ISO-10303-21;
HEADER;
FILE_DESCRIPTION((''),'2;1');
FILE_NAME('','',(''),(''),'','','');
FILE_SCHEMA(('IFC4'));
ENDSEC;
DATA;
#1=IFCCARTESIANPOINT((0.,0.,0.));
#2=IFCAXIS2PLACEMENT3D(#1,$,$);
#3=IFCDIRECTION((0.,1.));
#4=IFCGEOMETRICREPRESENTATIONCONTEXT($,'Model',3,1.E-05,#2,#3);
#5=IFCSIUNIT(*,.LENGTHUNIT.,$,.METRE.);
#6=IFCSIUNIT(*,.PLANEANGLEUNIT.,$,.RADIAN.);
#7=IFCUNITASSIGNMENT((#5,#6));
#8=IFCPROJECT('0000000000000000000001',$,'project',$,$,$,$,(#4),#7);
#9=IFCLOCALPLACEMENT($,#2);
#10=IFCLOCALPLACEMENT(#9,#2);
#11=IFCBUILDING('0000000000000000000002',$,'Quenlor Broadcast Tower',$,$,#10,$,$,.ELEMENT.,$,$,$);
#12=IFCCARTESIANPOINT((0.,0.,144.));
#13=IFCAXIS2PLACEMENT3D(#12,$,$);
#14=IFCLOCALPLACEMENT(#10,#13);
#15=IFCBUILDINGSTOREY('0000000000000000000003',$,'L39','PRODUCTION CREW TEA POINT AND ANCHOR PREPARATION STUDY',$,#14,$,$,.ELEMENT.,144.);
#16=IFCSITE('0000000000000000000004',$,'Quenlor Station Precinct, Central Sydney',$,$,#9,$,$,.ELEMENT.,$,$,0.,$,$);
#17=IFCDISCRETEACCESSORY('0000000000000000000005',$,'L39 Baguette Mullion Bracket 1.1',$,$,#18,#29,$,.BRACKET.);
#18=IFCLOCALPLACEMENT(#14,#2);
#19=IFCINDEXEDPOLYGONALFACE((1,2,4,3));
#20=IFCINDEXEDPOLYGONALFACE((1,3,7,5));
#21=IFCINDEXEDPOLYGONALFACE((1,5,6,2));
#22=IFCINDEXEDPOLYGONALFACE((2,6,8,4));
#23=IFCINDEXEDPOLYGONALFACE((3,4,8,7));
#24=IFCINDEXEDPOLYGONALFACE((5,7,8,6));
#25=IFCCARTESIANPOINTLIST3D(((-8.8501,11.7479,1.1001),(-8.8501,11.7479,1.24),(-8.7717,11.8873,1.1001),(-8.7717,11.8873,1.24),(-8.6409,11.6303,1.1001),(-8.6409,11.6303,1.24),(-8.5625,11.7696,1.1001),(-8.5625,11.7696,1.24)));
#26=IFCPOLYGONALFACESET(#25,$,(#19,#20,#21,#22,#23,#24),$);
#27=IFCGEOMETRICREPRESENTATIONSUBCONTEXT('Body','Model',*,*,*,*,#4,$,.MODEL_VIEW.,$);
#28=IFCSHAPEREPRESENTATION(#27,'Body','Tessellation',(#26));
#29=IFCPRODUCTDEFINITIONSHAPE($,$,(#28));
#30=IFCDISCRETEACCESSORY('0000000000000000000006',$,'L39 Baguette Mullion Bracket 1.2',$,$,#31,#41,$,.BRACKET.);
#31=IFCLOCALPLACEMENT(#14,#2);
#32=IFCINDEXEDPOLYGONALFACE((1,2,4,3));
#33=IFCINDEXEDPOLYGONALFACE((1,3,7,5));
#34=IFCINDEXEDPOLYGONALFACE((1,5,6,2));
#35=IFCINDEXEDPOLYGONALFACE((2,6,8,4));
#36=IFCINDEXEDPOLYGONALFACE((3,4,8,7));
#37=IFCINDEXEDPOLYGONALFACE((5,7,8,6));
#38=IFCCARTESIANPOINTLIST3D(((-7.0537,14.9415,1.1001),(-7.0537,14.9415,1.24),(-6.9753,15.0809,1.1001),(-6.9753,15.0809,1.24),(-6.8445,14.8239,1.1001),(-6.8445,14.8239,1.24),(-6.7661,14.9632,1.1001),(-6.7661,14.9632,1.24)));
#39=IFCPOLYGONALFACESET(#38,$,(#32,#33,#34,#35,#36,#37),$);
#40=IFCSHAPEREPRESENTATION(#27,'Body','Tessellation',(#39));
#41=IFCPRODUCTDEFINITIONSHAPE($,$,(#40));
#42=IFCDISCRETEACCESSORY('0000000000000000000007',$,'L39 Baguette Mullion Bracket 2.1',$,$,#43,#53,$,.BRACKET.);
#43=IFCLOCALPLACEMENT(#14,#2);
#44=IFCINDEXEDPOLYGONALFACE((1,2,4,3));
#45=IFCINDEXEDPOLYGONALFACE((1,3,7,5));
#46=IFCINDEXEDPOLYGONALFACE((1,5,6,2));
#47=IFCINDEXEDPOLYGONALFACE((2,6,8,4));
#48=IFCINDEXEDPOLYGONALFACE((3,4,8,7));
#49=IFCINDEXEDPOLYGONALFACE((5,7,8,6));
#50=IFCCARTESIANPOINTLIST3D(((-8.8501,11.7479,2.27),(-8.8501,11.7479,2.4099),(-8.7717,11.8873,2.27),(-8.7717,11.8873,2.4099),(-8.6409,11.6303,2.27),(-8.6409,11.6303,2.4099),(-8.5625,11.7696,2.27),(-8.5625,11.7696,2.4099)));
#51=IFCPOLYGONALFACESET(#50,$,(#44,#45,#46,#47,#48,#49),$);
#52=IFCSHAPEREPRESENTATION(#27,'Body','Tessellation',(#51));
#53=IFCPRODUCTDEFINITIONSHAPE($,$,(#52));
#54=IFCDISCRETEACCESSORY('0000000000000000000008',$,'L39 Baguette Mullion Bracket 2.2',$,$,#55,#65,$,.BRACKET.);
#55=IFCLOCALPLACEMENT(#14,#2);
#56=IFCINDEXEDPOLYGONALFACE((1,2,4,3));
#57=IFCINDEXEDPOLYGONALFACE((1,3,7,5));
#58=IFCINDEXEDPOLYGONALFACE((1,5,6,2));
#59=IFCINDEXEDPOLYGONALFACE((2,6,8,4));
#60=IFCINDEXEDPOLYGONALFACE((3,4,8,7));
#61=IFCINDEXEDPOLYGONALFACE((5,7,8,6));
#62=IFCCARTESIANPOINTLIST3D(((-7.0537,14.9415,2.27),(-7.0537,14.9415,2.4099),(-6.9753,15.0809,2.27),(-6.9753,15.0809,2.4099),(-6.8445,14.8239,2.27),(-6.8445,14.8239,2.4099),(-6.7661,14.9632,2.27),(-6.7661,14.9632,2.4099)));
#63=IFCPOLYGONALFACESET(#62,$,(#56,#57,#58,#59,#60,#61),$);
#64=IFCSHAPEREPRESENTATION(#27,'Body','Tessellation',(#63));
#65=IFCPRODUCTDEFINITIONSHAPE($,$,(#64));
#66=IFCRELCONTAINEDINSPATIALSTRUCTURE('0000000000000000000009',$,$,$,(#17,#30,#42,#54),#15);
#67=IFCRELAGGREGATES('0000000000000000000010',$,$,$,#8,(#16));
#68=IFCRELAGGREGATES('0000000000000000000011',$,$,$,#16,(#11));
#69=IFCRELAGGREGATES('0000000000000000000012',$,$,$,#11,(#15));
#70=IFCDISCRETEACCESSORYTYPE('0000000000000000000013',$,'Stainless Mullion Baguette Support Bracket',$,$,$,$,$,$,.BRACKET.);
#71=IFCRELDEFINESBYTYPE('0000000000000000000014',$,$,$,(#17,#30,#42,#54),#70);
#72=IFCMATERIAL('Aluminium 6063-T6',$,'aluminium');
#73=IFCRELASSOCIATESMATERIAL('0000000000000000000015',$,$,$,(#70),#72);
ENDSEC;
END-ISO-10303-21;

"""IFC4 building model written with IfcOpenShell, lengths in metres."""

from ifc_helpers import new_model, si_unit, direction, frame, origin, origin_2d, place, context, subcontext, project, spatial, rectangle, extrude, material, type_object, element, save


model = new_model("IFC4")

# Units and contexts
model_context = context("Model", 3, precision=1e-05, world=origin(), true_north=direction((0.0, 1.0)))
body_context = subcontext(model_context, "Body", "Model", "MODEL_VIEW")
ifc_project = project(units=[si_unit("LENGTHUNIT", "METRE"), si_unit("PLANEANGLEUNIT", "RADIAN")], contexts=[model_context])

# Site, building, storey
site_placement = place(None, origin())
site = spatial("IfcSite", under=ifc_project, at=site_placement, Name="Quenlor Station Precinct, Central Sydney", CompositionType="ELEMENT", RefElevation=0.0)
building_placement = place(site_placement, origin())
building = spatial("IfcBuilding", under=site, at=building_placement, Name="Quenlor Broadcast Tower", CompositionType="ELEMENT")
storey_placement = place(building_placement, frame((0.0, 0.0, 144.0)))
storey = spatial("IfcBuildingStorey", under=building, at=storey_placement, Name="L39", Description="PRODUCTION CREW TEA POINT AND ANCHOR PREPARATION STUDY", CompositionType="ELEMENT", Elevation=144.0)

# Discrete accessories
ifc_material_1 = material(Name="Aluminium 6063-T6", Category="aluminium")
discrete_accessory_type = type_object("IfcDiscreteAccessoryType", Name="Stainless Mullion Baguette Support Bracket", PredefinedType="BRACKET", material=ifc_material_1)
for number, where, z_axis, x_axis, name in (
    (1, (-8.7063, 11.7588, 1.1001), (0.0, 0.0, 1.0), (0.49027, 0.871571, 0.0), "L39 Baguette Mullion Bracket 1.1"),
    (2, (-6.9099, 14.9524, 1.1001), (0.0, 0.0, 1.0), (0.49027, 0.871571, 0.0), "L39 Baguette Mullion Bracket 1.2"),
    (3, (-8.7063, 11.7588, 2.27), (0.0, 0.0, 1.0), (0.49027, 0.871571, 0.0), "L39 Baguette Mullion Bracket 2.1"),
    (4, (-6.9099, 14.9524, 2.27), (0.0, 0.0, 1.0), (0.49027, 0.871571, 0.0), "L39 Baguette Mullion Bracket 2.2"),
):
    element("IfcDiscreteAccessory", number, at=place(storey_placement, frame(where, z_axis=z_axis, x_axis=x_axis)), inside=storey, type_object=discrete_accessory_type, Name=name, PredefinedType="BRACKET", context=body_context, shape_type="SweptSolid", body=[
        extrude(rectangle(XDim=0.1599, YDim=0.24, at=origin_2d()), origin(), (0.0, 0.0, 1.0), 0.1399),
    ])

save(model, "model.ifc")
